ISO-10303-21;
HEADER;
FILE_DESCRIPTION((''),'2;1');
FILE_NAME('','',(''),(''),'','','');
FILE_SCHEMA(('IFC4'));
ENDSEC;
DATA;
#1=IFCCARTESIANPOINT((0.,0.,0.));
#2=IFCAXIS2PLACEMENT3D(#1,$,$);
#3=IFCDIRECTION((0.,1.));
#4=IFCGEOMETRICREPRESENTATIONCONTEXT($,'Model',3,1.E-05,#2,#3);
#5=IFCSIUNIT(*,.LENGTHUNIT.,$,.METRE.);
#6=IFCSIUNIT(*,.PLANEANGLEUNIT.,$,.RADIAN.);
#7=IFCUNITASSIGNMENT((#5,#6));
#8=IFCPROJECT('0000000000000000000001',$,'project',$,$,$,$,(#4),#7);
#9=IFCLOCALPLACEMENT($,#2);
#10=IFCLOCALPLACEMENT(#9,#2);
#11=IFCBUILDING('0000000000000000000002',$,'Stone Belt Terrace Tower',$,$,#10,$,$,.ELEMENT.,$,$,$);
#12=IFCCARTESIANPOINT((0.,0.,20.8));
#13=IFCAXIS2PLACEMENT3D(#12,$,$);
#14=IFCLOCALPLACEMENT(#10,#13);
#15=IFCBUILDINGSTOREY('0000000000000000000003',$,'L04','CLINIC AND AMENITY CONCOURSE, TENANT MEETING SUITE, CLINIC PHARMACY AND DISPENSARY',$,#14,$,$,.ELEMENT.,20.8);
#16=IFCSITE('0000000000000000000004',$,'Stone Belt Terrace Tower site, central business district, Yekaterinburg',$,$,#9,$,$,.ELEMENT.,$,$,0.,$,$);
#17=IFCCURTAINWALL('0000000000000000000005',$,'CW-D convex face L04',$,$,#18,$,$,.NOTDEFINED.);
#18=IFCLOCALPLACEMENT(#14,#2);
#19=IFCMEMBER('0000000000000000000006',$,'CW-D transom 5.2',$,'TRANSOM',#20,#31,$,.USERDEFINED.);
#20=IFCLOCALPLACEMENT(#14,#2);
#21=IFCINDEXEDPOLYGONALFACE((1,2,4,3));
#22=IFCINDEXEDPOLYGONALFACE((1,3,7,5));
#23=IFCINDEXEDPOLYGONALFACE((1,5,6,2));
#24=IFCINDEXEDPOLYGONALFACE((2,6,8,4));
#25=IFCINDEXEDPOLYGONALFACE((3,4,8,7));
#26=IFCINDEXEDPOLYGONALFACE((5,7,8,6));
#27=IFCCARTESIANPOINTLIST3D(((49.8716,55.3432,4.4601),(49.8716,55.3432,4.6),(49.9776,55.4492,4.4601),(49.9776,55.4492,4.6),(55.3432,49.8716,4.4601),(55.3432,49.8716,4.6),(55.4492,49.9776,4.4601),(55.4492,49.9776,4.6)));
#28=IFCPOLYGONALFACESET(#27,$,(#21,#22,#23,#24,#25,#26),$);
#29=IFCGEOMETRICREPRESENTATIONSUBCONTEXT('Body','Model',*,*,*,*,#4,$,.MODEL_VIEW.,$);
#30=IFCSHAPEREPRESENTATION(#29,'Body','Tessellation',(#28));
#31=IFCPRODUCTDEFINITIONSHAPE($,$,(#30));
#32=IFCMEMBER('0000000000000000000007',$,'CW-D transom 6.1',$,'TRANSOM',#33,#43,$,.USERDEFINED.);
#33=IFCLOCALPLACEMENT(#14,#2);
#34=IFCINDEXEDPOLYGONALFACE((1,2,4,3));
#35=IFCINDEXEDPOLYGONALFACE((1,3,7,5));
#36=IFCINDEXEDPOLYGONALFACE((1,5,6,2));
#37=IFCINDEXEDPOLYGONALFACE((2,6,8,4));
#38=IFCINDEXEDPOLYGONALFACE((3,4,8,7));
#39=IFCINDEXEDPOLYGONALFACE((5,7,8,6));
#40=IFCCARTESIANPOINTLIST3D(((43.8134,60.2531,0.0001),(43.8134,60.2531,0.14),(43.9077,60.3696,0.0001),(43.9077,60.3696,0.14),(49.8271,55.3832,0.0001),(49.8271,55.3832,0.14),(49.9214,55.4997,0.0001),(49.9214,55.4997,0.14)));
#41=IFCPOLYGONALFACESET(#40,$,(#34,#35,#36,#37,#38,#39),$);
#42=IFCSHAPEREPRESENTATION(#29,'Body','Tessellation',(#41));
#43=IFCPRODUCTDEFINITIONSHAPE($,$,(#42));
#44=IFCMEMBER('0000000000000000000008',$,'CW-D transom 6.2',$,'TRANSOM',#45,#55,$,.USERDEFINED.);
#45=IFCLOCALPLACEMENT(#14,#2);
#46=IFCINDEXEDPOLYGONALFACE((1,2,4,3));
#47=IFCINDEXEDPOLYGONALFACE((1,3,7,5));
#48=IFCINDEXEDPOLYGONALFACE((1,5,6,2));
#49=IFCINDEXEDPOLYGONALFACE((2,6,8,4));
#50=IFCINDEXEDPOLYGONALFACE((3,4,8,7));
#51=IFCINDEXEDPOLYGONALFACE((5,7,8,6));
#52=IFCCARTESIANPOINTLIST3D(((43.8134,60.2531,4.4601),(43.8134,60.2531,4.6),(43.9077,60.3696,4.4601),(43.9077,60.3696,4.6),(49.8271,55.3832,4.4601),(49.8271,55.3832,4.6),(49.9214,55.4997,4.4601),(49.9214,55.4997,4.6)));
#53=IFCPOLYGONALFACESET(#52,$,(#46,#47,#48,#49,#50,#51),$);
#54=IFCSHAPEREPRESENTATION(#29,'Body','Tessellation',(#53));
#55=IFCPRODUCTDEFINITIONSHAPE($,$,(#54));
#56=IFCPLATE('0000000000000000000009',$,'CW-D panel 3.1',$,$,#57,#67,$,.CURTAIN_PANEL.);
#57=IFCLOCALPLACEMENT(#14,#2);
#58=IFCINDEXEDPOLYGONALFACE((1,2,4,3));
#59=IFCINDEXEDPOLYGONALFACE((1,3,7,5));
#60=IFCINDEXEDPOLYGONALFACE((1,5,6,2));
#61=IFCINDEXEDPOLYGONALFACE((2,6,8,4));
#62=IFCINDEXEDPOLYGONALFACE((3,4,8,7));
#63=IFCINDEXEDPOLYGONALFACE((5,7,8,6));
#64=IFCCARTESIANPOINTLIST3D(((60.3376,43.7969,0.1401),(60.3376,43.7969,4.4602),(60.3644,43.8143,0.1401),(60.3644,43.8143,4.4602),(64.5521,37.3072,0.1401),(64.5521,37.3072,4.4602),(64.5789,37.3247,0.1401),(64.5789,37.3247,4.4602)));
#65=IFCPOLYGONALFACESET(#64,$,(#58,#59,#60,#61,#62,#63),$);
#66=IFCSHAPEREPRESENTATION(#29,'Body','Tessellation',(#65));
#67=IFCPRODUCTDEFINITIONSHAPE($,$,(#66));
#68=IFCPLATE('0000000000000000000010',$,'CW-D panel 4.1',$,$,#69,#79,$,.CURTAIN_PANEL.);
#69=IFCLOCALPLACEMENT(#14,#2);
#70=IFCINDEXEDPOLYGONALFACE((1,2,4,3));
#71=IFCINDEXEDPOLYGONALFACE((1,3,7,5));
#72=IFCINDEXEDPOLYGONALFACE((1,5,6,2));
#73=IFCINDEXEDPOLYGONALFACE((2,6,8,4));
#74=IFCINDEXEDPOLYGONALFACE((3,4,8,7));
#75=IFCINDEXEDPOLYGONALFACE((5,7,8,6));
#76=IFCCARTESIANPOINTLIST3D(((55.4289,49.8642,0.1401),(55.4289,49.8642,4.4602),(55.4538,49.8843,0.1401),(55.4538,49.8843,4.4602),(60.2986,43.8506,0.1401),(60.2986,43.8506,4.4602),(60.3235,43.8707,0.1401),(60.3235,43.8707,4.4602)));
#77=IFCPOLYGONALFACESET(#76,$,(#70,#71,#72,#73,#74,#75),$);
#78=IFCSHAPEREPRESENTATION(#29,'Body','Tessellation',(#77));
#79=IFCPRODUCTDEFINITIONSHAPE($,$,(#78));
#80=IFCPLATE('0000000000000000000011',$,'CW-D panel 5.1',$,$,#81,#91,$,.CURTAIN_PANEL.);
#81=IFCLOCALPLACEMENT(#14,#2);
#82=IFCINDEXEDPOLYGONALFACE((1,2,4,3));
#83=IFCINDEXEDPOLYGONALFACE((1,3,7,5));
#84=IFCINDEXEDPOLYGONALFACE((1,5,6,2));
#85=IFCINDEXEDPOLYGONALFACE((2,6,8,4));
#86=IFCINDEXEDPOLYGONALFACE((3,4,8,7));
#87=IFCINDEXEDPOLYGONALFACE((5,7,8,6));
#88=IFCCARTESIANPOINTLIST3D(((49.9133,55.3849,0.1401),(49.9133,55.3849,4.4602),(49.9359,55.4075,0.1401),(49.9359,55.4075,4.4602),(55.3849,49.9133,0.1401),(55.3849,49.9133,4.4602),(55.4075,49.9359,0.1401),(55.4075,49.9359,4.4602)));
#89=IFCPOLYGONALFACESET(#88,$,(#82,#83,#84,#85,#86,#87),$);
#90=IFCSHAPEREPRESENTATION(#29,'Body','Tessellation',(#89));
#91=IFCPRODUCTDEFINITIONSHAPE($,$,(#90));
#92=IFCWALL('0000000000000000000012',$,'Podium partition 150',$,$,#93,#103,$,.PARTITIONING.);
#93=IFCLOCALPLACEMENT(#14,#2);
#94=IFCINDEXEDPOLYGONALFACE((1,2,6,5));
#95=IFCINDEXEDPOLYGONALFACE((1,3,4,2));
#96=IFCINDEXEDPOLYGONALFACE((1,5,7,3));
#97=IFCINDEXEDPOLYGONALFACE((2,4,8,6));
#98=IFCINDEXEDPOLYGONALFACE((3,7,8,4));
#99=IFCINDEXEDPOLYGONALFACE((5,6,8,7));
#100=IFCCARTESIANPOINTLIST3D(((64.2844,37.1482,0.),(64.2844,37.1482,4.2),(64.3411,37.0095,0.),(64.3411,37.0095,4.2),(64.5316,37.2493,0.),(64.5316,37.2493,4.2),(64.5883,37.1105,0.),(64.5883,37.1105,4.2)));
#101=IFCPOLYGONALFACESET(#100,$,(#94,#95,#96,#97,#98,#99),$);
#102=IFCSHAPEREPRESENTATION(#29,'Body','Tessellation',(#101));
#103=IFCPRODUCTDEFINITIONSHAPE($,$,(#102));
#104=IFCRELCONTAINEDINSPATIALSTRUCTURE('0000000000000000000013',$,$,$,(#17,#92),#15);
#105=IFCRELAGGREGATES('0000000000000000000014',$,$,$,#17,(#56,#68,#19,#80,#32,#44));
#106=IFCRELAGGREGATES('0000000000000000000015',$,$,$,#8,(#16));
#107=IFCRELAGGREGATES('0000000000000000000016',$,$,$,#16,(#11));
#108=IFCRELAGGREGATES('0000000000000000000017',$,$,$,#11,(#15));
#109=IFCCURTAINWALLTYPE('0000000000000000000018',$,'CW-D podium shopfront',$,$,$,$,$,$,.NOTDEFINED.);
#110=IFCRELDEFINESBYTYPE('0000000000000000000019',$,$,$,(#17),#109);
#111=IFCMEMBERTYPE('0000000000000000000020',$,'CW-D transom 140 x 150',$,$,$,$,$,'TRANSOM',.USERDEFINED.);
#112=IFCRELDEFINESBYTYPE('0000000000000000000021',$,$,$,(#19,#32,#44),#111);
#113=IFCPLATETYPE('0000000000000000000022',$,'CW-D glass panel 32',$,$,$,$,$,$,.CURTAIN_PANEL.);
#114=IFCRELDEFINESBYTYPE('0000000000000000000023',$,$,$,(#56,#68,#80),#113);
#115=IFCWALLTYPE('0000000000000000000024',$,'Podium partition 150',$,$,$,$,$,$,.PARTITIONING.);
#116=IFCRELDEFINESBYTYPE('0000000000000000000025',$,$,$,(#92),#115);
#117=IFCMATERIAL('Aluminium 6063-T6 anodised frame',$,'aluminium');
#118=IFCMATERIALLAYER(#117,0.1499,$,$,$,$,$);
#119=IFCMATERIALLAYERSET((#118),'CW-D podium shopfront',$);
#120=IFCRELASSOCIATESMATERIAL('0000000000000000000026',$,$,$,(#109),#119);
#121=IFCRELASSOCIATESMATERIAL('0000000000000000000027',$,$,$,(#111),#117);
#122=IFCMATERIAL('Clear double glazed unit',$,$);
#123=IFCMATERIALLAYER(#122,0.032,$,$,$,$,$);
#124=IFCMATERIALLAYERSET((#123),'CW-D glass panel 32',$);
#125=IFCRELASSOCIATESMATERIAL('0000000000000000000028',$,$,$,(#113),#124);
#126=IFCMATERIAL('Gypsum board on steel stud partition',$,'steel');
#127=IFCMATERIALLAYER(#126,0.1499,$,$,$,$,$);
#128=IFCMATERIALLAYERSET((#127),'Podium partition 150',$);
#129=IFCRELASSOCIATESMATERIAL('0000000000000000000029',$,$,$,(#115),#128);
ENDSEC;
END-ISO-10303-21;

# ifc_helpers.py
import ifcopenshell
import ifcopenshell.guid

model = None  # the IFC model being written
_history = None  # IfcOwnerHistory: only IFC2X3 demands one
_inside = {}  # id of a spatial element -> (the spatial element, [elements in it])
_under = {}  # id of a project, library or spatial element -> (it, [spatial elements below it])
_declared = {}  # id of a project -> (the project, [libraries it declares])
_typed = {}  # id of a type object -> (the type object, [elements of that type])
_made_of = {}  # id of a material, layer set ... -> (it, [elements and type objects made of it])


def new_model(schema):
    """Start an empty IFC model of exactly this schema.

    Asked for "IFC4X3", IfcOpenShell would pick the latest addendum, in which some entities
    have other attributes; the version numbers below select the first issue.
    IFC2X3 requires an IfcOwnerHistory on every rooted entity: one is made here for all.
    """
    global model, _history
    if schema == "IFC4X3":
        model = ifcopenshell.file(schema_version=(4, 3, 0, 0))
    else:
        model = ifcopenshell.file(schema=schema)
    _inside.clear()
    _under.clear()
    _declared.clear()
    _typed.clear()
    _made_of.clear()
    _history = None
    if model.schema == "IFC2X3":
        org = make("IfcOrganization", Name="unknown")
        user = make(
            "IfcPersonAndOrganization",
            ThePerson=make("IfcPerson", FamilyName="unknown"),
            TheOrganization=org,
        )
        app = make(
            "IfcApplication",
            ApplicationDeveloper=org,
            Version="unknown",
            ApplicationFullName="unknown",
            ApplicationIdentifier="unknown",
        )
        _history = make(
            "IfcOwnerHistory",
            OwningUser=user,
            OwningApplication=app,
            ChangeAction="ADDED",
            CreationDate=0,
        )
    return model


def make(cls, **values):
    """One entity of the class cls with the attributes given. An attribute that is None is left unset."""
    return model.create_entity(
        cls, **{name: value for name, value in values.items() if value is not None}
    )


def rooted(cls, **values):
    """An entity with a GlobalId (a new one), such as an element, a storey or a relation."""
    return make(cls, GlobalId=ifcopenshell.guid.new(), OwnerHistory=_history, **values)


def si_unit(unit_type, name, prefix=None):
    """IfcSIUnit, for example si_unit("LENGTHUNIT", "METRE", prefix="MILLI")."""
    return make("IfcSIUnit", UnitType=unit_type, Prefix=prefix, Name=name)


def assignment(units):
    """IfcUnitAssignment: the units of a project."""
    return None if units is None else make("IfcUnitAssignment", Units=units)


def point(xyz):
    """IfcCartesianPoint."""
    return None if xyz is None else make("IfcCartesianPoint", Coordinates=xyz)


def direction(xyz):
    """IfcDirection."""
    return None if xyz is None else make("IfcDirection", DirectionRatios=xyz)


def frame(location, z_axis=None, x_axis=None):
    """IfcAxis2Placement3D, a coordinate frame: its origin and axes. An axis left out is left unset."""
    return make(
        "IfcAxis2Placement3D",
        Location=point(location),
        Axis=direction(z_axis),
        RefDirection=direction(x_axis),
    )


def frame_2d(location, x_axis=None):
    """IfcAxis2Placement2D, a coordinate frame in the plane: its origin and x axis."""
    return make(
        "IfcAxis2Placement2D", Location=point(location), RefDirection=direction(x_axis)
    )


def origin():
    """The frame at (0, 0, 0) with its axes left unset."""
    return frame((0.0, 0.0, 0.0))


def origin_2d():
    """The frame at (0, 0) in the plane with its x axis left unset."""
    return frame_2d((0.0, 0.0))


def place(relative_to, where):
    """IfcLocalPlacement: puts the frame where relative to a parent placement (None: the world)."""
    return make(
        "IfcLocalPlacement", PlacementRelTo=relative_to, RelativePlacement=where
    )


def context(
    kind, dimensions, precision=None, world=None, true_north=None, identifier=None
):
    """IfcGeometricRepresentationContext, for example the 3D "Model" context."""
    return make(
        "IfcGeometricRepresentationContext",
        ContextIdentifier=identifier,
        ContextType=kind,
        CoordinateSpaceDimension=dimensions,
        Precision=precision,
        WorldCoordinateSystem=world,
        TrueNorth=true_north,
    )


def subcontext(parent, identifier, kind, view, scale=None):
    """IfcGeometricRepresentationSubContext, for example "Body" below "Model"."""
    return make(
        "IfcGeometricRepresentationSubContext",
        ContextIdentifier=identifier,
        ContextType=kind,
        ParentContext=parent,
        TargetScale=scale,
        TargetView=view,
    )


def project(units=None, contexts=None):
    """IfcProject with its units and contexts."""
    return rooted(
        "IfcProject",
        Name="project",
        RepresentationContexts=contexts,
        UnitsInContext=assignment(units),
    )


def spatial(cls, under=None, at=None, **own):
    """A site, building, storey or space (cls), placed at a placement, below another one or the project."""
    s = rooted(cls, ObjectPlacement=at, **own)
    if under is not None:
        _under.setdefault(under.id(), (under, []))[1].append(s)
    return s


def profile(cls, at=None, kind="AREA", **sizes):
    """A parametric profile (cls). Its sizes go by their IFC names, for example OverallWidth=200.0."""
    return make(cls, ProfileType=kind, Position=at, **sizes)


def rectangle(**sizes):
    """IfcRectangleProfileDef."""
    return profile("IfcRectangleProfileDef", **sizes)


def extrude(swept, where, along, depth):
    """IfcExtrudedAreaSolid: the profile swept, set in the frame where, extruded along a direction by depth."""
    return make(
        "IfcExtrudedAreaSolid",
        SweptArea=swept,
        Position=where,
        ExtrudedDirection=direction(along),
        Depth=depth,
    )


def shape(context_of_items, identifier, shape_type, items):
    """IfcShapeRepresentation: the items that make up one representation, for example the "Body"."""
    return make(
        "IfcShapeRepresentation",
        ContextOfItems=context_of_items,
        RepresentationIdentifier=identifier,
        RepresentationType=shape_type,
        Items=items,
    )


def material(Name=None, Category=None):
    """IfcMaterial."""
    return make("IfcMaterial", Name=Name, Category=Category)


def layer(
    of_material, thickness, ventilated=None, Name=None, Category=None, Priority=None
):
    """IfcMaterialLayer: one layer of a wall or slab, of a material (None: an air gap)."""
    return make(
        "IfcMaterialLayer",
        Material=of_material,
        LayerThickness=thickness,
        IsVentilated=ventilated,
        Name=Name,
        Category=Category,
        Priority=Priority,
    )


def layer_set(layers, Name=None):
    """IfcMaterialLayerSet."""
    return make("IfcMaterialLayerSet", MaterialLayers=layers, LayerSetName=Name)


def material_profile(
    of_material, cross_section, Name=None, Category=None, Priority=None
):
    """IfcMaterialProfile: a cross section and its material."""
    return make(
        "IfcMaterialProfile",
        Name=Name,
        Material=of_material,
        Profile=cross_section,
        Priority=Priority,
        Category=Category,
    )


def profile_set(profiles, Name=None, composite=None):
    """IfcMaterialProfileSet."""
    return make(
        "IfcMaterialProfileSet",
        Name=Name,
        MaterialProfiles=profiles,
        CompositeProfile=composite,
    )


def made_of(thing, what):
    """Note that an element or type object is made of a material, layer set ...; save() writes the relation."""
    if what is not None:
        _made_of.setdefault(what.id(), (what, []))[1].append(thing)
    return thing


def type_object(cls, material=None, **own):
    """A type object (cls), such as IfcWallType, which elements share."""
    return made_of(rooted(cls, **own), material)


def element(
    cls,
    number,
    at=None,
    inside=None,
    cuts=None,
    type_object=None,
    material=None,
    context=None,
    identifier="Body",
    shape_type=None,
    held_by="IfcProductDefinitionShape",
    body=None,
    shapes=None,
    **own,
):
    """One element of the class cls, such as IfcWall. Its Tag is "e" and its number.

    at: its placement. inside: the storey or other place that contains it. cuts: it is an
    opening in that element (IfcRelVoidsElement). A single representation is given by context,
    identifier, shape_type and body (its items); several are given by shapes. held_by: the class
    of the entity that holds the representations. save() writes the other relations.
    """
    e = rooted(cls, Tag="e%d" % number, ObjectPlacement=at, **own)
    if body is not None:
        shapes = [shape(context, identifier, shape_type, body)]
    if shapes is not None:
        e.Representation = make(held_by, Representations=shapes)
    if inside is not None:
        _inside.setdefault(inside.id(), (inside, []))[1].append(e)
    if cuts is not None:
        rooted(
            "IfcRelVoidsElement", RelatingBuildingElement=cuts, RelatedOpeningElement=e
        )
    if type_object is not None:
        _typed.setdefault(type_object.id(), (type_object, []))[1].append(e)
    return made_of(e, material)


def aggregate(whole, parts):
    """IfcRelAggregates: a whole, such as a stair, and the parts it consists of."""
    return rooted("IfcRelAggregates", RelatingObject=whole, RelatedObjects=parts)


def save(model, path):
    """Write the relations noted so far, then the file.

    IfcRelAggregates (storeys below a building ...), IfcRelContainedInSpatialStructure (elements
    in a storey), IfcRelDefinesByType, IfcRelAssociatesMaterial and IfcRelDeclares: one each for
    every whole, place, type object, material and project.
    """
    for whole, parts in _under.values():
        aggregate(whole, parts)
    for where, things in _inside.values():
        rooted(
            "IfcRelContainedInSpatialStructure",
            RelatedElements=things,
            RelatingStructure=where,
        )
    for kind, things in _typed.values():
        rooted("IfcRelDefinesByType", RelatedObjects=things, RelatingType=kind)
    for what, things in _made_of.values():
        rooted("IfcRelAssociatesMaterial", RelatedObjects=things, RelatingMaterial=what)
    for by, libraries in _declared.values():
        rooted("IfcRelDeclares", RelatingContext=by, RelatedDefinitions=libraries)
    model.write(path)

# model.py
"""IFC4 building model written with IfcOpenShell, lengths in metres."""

from ifc_helpers import new_model, si_unit, direction, frame, frame_2d, origin, origin_2d, place, context, subcontext, project, spatial, rectangle, extrude, material, layer, layer_set, material_profile, profile_set, type_object, element, aggregate, save


model = new_model("IFC4")

# Units and contexts
model_context = context("Model", 3, precision=1e-05, world=origin(), true_north=direction((0.0, 1.0)))
body_context = subcontext(model_context, "Body", "Model", "MODEL_VIEW")
ifc_project = project(units=[si_unit("LENGTHUNIT", "METRE"), si_unit("PLANEANGLEUNIT", "RADIAN")], contexts=[model_context])

# Site, building, storey
site_placement = place(None, origin())
site = spatial("IfcSite", under=ifc_project, at=site_placement, Name="Stone Belt Terrace Tower site, central business district, Yekaterinburg", CompositionType="ELEMENT", RefElevation=0.0)
building_placement = place(site_placement, origin())
building = spatial("IfcBuilding", under=site, at=building_placement, Name="Stone Belt Terrace Tower", CompositionType="ELEMENT")
storey_placement = place(building_placement, frame((0.0, 0.0, 20.8)))
storey = spatial("IfcBuildingStorey", under=building, at=storey_placement, Name="L04", Description="CLINIC AND AMENITY CONCOURSE, TENANT MEETING SUITE, CLINIC PHARMACY AND DISPENSARY", CompositionType="ELEMENT", Elevation=20.8)

# Curtain wall, members, plates
ifc_material_1 = material(Name="Aluminium 6063-T6 anodised frame", Category="aluminium")
ifc_layer_1 = layer(ifc_material_1, 0.1499)
ifc_layer_set_1 = layer_set([ifc_layer_1], Name="CW-D podium shopfront")
curtain_wall_type = type_object("IfcCurtainWallType", Name="CW-D podium shopfront", PredefinedType="NOTDEFINED", material=ifc_layer_set_1)
curtain_wall_placement = place(storey_placement, origin())
curtain_wall = element("IfcCurtainWall", 1, at=curtain_wall_placement, inside=storey, type_object=curtain_wall_type, Name="CW-D convex face L04", PredefinedType="NOTDEFINED")
ifc_material_profile_1 = material_profile(ifc_material_1, rectangle(XDim=0.1499, YDim=0.1399, at=origin_2d()), Name="Aluminium 6063-T6 150x140")
ifc_profile_set_1 = profile_set([ifc_material_profile_1], Name="Aluminium 6063-T6 anodised frame")
member_type_1 = type_object("IfcMemberType", Name="CW-D transom 140 x 150", ElementType="TRANSOM", PredefinedType="USERDEFINED", material=ifc_profile_set_1)
member_1_placement = place(storey_placement, frame((55.3962, 49.9246, 4.53), z_axis=(-0.707107, 0.707107, 0.0), x_axis=(-0.707107, -0.707107, 0.0)))
member_1 = element("IfcMember", 2, at=member_1_placement, type_object=member_type_1, Name="CW-D transom 5.2", ObjectType="TRANSOM", PredefinedType="USERDEFINED", context=body_context, shape_type="SweptSolid", body=[
    extrude(rectangle(XDim=0.1499, YDim=0.1399, at=origin_2d()), origin(), (0.0, 0.0, 1.0), 7.738),
])
member_2_placement = place(storey_placement, frame((49.8743, 55.4414, 0.0701), z_axis=(-0.77714, 0.629328, 0.0), x_axis=(-0.629328, -0.77714, 0.0)))
member_2 = element("IfcMember", 3, at=member_2_placement, type_object=member_type_1, Name="CW-D transom 6.1", ObjectType="TRANSOM", PredefinedType="USERDEFINED", context=body_context, shape_type="SweptSolid", body=[
    extrude(rectangle(XDim=0.1499, YDim=0.1399, at=origin_2d()), origin(), (0.0, 0.0, 1.0), 7.7383),
])
member_3_placement = place(storey_placement, frame((49.8743, 55.4414, 4.53), z_axis=(-0.77714, 0.629328, 0.0), x_axis=(-0.629328, -0.77714, 0.0)))
member_3 = element("IfcMember", 4, at=member_3_placement, type_object=member_type_1, Name="CW-D transom 6.2", ObjectType="TRANSOM", PredefinedType="USERDEFINED", context=body_context, shape_type="SweptSolid", body=[
    extrude(rectangle(XDim=0.1499, YDim=0.1399, at=origin_2d()), origin(), (0.0, 0.0, 1.0), 7.7383),
])
ifc_material_2 = material(Name="Clear double glazed unit")
ifc_layer_2 = layer(ifc_material_2, 0.032)
ifc_layer_set_2 = layer_set([ifc_layer_2], Name="CW-D glass panel 32")
plate_type = type_object("IfcPlateType", Name="CW-D glass panel 32", PredefinedType="CURTAIN_PANEL", material=ifc_layer_set_2)
plate_1_placement = place(storey_placement, frame((62.4583, 40.5608, 0.1401), z_axis=(0.0, 0.0, 1.0), x_axis=(-0.544639, 0.838671, 0.0)))
plate_1 = element("IfcPlate", 5, at=plate_1_placement, type_object=plate_type, Name="CW-D panel 3.1", PredefinedType="CURTAIN_PANEL", context=body_context, shape_type="SweptSolid", body=[
    extrude(rectangle(XDim=7.738, YDim=0.032, at=origin_2d()), origin(), (0.0, 0.0, 1.0), 4.3201),
])
plate_2_placement = place(storey_placement, frame((57.8762, 46.8674, 0.1401), z_axis=(0.0, 0.0, 1.0), x_axis=(-0.62932, 0.777146, 0.0)))
plate_2 = element("IfcPlate", 6, at=plate_2_placement, type_object=plate_type, Name="CW-D panel 4.1", PredefinedType="CURTAIN_PANEL", context=body_context, shape_type="SweptSolid", body=[
    extrude(rectangle(XDim=7.738, YDim=0.032, at=origin_2d()), origin(), (0.0, 0.0, 1.0), 4.3201),
])
plate_3_placement = place(storey_placement, frame((52.6604, 52.6604, 0.1401), z_axis=(0.0, 0.0, 1.0), x_axis=(-0.707107, 0.707107, 0.0)))
plate_3 = element("IfcPlate", 7, at=plate_3_placement, type_object=plate_type, Name="CW-D panel 5.1", PredefinedType="CURTAIN_PANEL", context=body_context, shape_type="SweptSolid", body=[
    extrude(rectangle(XDim=7.738, YDim=0.032, at=origin_2d()), origin(), (0.0, 0.0, 1.0), 4.3201),
])
aggregate(curtain_wall, [plate_1, plate_2, member_1, plate_3, member_2, member_3])

# Wall
ifc_material_3 = material(Name="Gypsum board on steel stud partition", Category="steel")
ifc_layer_3 = layer(ifc_material_3, 0.1499)
ifc_layer_set_3 = layer_set([ifc_layer_3], Name="Podium partition 150")
wall_type = type_object("IfcWallType", Name="Podium partition 150", PredefinedType="PARTITIONING", material=ifc_layer_set_3)
wall_placement = place(storey_placement, frame((64.3127, 37.0789, 0.0), z_axis=(0.0, 0.0, 1.0), x_axis=(0.925678, 0.378313, 0.0)))
element("IfcWall", 8, at=wall_placement, inside=storey, type_object=wall_type, Name="Podium partition 150", PredefinedType="PARTITIONING", context=body_context, shape_type="SweptSolid", body=[
    extrude(rectangle(XDim=0.2671, YDim=0.1499, at=frame_2d((0.1335, 0.0))), origin(), (0.0, 0.0, 1.0), 4.2),
])

save(model, "model.ifc")
